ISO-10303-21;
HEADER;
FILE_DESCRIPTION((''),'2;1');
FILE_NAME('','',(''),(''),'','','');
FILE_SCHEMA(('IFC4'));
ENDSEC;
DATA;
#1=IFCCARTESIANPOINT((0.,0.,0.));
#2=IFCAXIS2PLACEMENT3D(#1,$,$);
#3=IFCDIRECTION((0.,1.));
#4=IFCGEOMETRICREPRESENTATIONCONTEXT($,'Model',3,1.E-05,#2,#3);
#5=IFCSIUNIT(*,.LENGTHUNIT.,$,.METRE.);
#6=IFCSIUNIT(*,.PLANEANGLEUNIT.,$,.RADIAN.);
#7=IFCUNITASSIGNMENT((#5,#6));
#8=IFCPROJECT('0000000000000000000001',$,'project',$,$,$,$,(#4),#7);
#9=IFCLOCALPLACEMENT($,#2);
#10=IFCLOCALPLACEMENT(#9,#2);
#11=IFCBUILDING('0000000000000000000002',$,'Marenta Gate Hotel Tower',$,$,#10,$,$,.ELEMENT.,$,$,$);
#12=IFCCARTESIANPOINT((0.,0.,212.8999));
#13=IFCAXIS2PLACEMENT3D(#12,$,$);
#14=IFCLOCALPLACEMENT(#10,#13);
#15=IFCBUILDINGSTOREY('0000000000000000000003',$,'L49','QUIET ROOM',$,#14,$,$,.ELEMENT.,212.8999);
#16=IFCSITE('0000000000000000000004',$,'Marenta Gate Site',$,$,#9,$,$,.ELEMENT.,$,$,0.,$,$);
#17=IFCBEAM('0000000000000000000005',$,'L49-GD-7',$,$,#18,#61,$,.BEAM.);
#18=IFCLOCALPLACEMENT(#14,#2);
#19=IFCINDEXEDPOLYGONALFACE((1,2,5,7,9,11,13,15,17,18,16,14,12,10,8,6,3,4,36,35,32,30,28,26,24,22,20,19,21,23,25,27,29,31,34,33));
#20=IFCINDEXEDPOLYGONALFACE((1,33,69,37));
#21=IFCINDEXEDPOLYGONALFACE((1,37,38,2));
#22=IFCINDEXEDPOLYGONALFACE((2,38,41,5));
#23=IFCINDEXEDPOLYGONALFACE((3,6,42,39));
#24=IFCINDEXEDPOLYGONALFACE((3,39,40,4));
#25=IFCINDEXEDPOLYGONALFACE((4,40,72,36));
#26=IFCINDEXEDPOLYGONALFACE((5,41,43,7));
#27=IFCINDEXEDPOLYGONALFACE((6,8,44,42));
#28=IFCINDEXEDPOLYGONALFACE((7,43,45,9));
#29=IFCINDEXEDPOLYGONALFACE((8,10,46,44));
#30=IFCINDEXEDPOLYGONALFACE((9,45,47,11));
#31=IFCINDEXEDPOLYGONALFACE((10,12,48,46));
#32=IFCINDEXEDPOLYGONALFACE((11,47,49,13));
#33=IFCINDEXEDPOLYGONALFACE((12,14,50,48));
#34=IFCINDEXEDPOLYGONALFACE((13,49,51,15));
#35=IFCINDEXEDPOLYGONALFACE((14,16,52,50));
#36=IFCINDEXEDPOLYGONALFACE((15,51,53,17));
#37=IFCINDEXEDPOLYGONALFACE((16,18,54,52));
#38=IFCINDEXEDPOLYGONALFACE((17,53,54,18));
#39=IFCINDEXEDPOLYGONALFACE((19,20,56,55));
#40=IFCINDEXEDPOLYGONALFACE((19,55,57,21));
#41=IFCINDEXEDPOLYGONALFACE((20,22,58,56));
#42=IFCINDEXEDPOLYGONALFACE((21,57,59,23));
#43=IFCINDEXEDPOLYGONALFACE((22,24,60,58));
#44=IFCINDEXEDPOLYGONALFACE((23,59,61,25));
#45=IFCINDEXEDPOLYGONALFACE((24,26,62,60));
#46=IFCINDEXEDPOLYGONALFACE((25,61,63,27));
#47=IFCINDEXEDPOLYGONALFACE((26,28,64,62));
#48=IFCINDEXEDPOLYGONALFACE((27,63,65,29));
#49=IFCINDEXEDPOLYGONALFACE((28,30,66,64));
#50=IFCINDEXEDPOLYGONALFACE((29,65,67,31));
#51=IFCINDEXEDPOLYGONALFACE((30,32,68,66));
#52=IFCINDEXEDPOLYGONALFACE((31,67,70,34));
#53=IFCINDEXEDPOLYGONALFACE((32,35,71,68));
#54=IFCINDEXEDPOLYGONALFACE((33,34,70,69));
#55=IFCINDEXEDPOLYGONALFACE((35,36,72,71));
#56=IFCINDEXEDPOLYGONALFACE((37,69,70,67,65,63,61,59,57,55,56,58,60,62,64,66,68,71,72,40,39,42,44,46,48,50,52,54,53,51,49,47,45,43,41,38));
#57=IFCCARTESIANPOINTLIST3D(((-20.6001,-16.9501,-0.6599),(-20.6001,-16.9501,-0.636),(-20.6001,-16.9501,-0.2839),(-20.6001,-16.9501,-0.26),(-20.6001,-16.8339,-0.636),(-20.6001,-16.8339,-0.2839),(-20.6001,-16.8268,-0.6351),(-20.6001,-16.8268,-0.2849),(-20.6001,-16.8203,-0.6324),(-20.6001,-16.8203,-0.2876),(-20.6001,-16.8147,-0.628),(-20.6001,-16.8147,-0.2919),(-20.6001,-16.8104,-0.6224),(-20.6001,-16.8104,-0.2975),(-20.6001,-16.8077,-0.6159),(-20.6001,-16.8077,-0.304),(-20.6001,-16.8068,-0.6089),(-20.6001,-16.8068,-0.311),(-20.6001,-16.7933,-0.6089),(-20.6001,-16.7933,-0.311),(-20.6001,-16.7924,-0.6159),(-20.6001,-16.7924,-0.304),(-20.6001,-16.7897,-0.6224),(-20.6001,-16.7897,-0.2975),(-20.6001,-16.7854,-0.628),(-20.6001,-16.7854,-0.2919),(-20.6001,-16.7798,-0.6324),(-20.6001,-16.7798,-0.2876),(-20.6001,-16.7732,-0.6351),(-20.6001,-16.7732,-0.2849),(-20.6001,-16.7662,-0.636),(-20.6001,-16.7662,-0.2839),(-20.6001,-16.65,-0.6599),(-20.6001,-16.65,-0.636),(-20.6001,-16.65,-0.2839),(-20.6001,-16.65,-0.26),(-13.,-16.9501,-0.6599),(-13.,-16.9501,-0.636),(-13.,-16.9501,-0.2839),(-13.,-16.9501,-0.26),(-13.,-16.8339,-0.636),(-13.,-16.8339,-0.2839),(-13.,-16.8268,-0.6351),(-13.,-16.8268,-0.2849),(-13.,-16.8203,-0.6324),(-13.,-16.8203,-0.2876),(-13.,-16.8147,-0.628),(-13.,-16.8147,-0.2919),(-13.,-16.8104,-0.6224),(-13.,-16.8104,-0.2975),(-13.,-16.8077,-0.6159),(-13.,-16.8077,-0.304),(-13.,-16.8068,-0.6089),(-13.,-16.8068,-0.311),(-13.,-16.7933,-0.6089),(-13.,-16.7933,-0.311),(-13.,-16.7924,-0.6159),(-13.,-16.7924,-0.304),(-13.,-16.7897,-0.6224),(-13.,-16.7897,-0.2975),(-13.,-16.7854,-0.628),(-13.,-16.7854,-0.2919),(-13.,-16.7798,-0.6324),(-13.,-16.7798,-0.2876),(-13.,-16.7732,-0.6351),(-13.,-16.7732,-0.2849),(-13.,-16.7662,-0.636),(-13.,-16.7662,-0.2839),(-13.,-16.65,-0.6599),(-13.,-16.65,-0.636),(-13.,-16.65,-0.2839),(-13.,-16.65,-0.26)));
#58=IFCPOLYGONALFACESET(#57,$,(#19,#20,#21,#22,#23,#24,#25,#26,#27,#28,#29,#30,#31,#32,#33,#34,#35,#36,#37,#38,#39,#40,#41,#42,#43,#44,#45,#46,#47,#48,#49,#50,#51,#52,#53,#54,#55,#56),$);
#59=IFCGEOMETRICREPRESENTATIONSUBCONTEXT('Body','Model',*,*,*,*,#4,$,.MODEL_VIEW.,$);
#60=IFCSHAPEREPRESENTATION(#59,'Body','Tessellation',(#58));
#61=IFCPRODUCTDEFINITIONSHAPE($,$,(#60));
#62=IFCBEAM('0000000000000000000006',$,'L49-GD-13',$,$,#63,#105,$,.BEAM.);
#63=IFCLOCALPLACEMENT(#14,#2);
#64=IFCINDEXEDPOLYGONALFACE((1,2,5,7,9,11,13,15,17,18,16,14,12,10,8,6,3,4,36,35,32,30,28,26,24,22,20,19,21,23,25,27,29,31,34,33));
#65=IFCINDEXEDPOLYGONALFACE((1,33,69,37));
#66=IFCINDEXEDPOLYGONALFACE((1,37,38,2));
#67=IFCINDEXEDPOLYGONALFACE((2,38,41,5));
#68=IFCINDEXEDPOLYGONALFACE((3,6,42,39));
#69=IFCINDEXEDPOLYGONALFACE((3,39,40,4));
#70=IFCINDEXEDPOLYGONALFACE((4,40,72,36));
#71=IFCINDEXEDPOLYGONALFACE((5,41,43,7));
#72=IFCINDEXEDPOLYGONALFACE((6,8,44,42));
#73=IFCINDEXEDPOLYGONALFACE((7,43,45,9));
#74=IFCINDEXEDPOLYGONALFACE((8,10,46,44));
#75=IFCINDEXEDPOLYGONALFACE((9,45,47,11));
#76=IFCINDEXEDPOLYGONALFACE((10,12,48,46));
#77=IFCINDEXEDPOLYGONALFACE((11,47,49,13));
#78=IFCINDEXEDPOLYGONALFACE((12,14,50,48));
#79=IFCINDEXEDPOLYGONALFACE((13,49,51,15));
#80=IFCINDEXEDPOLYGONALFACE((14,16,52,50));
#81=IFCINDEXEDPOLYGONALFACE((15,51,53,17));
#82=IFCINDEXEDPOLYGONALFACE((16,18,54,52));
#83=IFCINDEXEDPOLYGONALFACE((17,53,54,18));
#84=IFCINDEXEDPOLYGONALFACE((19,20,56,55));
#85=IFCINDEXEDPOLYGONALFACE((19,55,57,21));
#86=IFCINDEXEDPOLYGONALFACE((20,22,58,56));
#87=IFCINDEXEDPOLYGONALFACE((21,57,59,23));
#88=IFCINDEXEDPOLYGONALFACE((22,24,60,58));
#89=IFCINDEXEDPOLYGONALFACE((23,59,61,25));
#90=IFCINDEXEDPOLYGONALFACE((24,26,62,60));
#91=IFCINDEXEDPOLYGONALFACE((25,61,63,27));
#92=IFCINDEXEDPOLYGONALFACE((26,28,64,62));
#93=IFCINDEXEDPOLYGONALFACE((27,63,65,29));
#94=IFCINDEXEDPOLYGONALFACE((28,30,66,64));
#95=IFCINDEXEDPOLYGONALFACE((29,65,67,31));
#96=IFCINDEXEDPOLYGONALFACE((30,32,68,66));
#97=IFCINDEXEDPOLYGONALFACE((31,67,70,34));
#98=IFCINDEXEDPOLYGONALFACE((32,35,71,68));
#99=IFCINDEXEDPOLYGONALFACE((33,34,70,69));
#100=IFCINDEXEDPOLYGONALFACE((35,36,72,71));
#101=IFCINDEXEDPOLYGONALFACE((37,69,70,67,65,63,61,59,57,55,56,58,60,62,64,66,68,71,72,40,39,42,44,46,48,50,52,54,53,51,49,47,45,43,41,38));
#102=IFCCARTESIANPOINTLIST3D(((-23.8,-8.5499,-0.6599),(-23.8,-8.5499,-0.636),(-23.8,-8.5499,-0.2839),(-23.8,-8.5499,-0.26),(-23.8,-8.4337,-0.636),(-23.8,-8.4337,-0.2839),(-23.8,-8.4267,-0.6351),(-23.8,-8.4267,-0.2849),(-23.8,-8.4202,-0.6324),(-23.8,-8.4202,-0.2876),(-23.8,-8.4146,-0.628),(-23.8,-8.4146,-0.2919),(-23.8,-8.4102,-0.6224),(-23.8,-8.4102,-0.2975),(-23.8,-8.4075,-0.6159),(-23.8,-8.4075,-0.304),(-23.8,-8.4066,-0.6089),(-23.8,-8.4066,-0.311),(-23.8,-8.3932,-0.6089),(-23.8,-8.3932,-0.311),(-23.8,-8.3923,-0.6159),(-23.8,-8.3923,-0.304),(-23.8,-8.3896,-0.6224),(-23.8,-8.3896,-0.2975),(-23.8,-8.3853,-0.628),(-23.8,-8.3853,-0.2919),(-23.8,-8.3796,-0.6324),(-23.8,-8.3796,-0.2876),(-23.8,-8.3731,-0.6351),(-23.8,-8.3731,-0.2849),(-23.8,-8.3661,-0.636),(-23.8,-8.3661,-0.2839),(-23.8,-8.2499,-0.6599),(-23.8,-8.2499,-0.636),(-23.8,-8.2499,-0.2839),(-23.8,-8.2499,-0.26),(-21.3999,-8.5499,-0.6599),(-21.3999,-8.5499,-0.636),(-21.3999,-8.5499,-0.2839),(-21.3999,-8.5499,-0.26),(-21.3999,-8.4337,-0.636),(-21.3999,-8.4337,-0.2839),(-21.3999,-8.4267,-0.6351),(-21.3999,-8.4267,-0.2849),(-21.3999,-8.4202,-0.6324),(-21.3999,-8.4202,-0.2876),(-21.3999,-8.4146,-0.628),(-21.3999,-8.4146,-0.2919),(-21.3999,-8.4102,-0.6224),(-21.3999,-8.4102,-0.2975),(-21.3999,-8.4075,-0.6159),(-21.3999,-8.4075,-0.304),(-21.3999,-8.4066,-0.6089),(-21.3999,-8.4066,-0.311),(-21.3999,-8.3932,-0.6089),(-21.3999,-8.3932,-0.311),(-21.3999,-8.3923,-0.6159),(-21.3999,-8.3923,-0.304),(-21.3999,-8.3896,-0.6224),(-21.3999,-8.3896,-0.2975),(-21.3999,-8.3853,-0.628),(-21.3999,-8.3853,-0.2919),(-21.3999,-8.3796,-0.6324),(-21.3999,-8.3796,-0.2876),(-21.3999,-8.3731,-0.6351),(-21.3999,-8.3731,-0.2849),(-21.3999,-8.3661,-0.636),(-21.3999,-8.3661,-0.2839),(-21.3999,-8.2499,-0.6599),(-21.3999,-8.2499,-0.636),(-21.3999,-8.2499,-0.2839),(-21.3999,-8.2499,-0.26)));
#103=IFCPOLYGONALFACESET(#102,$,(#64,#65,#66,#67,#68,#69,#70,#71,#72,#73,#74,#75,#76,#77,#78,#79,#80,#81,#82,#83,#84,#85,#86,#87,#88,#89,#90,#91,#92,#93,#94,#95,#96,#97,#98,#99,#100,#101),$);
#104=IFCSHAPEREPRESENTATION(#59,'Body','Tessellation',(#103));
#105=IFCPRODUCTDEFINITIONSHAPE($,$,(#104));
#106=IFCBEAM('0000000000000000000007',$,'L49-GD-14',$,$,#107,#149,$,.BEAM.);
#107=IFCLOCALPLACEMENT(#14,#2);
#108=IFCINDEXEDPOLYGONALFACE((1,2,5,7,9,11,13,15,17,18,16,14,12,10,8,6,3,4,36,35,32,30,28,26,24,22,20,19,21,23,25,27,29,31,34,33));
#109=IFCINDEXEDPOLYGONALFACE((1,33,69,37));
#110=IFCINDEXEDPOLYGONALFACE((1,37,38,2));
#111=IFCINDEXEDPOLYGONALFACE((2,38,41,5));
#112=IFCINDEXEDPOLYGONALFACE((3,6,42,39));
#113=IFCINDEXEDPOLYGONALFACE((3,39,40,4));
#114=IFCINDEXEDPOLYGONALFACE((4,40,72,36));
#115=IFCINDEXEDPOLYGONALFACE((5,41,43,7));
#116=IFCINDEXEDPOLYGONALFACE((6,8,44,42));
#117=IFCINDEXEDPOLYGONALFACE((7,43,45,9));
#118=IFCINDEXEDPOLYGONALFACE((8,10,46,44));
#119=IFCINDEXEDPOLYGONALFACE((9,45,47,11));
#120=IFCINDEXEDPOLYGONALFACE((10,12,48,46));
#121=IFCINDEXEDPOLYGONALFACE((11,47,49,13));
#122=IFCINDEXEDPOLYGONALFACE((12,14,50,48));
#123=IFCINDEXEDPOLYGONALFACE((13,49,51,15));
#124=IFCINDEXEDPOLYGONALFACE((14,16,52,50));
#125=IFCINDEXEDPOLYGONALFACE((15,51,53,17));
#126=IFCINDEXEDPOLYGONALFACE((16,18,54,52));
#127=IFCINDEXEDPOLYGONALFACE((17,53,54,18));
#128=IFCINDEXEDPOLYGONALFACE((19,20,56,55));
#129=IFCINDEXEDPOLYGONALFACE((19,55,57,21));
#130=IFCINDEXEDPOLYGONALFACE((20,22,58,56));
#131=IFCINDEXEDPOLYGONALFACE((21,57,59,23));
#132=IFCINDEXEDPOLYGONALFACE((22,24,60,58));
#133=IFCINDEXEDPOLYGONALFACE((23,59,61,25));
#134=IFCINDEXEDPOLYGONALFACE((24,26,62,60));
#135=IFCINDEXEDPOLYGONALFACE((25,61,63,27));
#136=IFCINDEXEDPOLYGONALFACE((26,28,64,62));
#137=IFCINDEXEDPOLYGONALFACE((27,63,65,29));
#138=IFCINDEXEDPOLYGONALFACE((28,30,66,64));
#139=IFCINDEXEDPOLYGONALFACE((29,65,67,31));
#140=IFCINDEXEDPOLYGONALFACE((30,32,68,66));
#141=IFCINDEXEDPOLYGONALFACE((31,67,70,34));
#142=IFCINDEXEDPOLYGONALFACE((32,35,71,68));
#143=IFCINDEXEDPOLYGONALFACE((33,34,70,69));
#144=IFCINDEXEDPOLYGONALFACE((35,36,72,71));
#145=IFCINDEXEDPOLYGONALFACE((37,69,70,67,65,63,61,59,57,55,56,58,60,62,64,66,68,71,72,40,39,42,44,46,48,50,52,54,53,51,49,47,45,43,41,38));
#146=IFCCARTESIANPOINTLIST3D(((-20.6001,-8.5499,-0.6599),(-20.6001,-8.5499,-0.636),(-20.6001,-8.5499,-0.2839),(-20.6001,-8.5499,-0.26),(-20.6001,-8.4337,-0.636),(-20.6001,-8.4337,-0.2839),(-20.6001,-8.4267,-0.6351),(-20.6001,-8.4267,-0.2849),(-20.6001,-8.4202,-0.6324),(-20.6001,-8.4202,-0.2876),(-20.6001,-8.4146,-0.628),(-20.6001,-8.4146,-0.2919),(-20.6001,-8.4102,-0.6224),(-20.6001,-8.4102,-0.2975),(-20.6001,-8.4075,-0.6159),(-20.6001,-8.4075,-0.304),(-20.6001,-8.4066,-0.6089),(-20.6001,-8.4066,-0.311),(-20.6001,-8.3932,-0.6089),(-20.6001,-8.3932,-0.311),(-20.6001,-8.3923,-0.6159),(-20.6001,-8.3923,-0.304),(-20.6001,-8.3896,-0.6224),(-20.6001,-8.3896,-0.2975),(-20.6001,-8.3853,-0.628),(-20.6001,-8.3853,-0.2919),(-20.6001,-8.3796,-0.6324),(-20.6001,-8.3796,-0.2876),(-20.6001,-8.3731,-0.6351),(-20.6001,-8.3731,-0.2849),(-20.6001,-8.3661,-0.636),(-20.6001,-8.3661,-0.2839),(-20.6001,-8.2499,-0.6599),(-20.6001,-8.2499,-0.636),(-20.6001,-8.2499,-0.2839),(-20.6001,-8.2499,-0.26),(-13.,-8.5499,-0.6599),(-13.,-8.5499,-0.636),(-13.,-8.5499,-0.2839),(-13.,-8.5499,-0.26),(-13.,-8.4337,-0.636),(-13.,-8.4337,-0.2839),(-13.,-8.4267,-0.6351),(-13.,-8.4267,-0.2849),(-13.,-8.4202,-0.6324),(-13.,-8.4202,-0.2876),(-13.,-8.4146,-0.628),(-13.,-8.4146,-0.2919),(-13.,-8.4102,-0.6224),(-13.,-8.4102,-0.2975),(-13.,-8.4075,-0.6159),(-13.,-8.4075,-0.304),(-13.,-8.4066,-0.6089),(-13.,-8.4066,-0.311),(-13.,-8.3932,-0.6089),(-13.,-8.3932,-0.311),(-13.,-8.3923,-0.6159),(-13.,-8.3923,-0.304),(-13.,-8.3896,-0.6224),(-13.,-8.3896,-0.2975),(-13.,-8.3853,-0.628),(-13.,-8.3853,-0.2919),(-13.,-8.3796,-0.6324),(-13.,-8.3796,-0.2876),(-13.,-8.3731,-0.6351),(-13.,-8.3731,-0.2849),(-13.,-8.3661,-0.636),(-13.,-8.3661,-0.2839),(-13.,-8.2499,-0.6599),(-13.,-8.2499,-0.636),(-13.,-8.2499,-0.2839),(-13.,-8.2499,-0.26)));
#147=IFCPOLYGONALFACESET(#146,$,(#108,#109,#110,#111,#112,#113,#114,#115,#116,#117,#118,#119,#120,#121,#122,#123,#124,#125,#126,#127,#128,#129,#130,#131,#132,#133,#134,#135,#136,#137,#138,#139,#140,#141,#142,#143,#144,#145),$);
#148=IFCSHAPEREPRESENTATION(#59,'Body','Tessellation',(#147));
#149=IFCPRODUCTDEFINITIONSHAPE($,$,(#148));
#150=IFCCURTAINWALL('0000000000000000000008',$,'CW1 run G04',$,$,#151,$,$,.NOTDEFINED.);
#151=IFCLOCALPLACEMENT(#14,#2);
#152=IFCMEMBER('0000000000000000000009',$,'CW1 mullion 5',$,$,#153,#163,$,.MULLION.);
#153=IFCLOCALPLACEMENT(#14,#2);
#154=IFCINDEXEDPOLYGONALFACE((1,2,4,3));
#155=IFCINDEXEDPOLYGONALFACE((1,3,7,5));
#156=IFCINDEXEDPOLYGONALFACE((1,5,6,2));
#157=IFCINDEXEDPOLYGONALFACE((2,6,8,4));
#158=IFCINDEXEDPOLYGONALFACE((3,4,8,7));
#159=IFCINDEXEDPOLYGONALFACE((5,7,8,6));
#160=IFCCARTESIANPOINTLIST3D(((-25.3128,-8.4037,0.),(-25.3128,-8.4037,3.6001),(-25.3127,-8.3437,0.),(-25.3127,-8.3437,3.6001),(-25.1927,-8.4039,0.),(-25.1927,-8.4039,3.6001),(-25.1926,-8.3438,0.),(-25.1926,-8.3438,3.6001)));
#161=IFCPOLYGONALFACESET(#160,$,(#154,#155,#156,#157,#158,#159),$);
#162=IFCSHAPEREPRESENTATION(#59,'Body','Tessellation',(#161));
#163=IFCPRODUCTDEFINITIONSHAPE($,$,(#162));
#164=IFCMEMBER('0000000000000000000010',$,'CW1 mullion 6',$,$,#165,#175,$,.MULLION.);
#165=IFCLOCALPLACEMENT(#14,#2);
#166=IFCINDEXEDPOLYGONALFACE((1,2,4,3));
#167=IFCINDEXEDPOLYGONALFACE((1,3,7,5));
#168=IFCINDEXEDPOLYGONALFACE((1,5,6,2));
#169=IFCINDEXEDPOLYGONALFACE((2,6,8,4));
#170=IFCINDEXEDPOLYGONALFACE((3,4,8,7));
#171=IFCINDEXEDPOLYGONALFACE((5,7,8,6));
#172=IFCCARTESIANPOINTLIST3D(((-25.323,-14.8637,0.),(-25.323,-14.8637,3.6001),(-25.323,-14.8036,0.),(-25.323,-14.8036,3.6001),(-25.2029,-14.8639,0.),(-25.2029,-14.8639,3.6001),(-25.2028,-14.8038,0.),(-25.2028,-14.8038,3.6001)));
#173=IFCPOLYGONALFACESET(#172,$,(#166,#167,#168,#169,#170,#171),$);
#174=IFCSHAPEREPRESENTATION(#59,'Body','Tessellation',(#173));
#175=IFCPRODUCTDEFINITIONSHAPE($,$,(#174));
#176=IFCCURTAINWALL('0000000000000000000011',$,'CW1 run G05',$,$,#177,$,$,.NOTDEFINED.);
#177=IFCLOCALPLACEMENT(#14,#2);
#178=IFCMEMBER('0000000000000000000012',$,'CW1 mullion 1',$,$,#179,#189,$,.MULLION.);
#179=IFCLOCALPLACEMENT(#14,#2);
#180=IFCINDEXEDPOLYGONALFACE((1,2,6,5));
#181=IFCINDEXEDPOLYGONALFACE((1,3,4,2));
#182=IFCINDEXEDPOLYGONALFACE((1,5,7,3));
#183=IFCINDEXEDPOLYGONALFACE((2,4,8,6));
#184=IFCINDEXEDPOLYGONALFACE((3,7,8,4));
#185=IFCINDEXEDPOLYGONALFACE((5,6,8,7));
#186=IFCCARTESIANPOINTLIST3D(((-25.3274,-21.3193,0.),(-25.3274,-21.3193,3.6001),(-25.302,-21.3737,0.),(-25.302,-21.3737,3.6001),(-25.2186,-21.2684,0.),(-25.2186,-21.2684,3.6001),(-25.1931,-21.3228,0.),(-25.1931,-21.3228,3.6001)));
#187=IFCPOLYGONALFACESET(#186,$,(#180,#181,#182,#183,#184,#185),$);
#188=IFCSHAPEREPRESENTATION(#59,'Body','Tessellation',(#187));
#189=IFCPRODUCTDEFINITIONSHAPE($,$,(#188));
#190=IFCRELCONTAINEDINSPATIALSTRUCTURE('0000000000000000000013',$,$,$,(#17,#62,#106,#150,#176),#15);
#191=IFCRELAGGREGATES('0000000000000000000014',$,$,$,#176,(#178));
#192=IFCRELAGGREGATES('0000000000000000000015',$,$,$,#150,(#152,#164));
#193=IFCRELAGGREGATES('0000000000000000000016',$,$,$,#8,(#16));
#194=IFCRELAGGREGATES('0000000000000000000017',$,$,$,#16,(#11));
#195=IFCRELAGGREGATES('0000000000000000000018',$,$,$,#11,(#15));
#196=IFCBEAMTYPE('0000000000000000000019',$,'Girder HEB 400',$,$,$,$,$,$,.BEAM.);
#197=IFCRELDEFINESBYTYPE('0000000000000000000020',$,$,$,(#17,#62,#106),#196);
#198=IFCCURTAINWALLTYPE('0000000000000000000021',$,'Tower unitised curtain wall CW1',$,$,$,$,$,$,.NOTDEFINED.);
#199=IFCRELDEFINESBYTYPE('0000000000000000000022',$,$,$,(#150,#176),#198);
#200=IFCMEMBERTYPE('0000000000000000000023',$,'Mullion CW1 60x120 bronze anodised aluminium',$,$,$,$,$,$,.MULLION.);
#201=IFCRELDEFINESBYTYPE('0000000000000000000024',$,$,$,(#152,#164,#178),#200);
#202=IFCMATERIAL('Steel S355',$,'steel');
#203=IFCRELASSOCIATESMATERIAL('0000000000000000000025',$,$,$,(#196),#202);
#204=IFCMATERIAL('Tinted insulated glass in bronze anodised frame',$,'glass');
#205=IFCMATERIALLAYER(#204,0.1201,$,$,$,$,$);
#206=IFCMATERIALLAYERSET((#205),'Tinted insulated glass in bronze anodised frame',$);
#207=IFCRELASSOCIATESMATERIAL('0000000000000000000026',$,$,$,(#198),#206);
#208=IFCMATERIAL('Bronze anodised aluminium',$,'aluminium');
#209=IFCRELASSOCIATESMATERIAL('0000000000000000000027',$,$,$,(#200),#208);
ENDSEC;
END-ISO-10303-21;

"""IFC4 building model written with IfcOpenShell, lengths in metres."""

from ifc_helpers import new_model, si_unit, direction, frame, origin, origin_2d, place, context, subcontext, project, spatial, rectangle, i_section, extrude, material, layer, layer_set, material_profile, profile_set, type_object, element, aggregate, save


model = new_model("IFC4")

# Units and contexts
model_context = context("Model", 3, precision=1e-05, world=origin(), true_north=direction((0.0, 1.0)))
body_context = subcontext(model_context, "Body", "Model", "MODEL_VIEW")
ifc_project = project(units=[si_unit("LENGTHUNIT", "METRE"), si_unit("PLANEANGLEUNIT", "RADIAN")], contexts=[model_context])

# Site, building, storey
site_placement = place(None, origin())
site = spatial("IfcSite", under=ifc_project, at=site_placement, Name="Marenta Gate Site", CompositionType="ELEMENT", RefElevation=0.0)
building_placement = place(site_placement, origin())
building = spatial("IfcBuilding", under=site, at=building_placement, Name="Marenta Gate Hotel Tower", CompositionType="ELEMENT")
storey_placement = place(building_placement, frame((0.0, 0.0, 212.8999)))
storey = spatial("IfcBuildingStorey", under=building, at=storey_placement, Name="L49", Description="QUIET ROOM", CompositionType="ELEMENT", Elevation=212.8999)

# Beams
ifc_material_1 = material(Name="Steel S355", Category="steel")
ifc_material_profile_1 = material_profile(ifc_material_1, i_section(OverallWidth=0.3, OverallDepth=0.3999, WebThickness=0.0134, FlangeThickness=0.0239, FilletRadius=0.0271, at=origin_2d()), Name="HEB 400")
ifc_profile_set_1 = profile_set([ifc_material_profile_1], Name="Steel S355")
beam_type_1 = type_object("IfcBeamType", Name="Girder HEB 400", PredefinedType="BEAM", material=ifc_profile_set_1)
beam_1_placement = place(storey_placement, frame((-20.6001, -16.8, -0.46), z_axis=(1.0, 0.0, 0.0), x_axis=(0.0, 1.0, 0.0)))
element("IfcBeam", 1, at=beam_1_placement, inside=storey, type_object=beam_type_1, Name="L49-GD-7", PredefinedType="BEAM", context=body_context, shape_type="SweptSolid", body=[
    extrude(i_section(OverallWidth=0.3, OverallDepth=0.3999, WebThickness=0.0134, FlangeThickness=0.0239, FilletRadius=0.0271, at=origin_2d()), origin(), (0.0, 0.0, 1.0), 7.6001),
])
beam_2_placement = place(storey_placement, frame((-23.8, -8.3999, -0.46), z_axis=(1.0, 0.0, 0.0), x_axis=(0.0, 1.0, 0.0)))
element("IfcBeam", 2, at=beam_2_placement, inside=storey, type_object=beam_type_1, Name="L49-GD-13", PredefinedType="BEAM", context=body_context, shape_type="SweptSolid", body=[
    extrude(i_section(OverallWidth=0.3, OverallDepth=0.3999, WebThickness=0.0134, FlangeThickness=0.0239, FilletRadius=0.0271, at=origin_2d()), origin(), (0.0, 0.0, 1.0), 2.4001),
])
beam_3_placement = place(storey_placement, frame((-20.6001, -8.3999, -0.46), z_axis=(1.0, 0.0, 0.0), x_axis=(0.0, 1.0, 0.0)))
element("IfcBeam", 3, at=beam_3_placement, inside=storey, type_object=beam_type_1, Name="L49-GD-14", PredefinedType="BEAM", context=body_context, shape_type="SweptSolid", body=[
    extrude(i_section(OverallWidth=0.3, OverallDepth=0.3999, WebThickness=0.0134, FlangeThickness=0.0239, FilletRadius=0.0271, at=origin_2d()), origin(), (0.0, 0.0, 1.0), 7.6001),
])

# Curtain wall, members
ifc_material_2 = material(Name="Tinted insulated glass in bronze anodised frame", Category="glass")
ifc_layer_1 = layer(ifc_material_2, 0.1201)
ifc_layer_set_1 = layer_set([ifc_layer_1], Name="Tinted insulated glass in bronze anodised frame")
curtain_wall_type = type_object("IfcCurtainWallType", Name="Tower unitised curtain wall CW1", PredefinedType="NOTDEFINED", material=ifc_layer_set_1)
curtain_wall_1_placement = place(storey_placement, origin())
curtain_wall_1 = element("IfcCurtainWall", 4, at=curtain_wall_1_placement, inside=storey, type_object=curtain_wall_type, Name="CW1 run G04", PredefinedType="NOTDEFINED")
ifc_material_3 = material(Name="Bronze anodised aluminium", Category="aluminium")
ifc_material_profile_2 = material_profile(ifc_material_3, rectangle(XDim=0.1201, YDim=0.0601, at=origin_2d()), Name="Mullion CW1 60x120 bronze anodised aluminium")
ifc_profile_set_2 = profile_set([ifc_material_profile_2], Name="Bronze anodised aluminium")
member_type_1 = type_object("IfcMemberType", Name="Mullion CW1 60x120 bronze anodised aluminium", PredefinedType="MULLION", material=ifc_profile_set_2)
member_1_placement = place(storey_placement, frame((-25.2527, -8.3738, 0.0), z_axis=(0.0, 0.0, 1.0), x_axis=(0.999999, -0.001566, 0.0)))
member_1 = element("IfcMember", 5, at=member_1_placement, type_object=member_type_1, Name="CW1 mullion 5", PredefinedType="MULLION", context=body_context, shape_type="SweptSolid", body=[
    extrude(rectangle(XDim=0.1201, YDim=0.0601, at=origin_2d()), origin(), (0.0, 0.0, 1.0), 3.6001),
])
member_2_placement = place(storey_placement, frame((-25.2629, -14.8337, 0.0), z_axis=(0.0, 0.0, 1.0), x_axis=(0.999999, -0.001566, 0.0)))
member_2 = element("IfcMember", 6, at=member_2_placement, type_object=member_type_1, Name="CW1 mullion 6", PredefinedType="MULLION", context=body_context, shape_type="SweptSolid", body=[
    extrude(rectangle(XDim=0.1201, YDim=0.0601, at=origin_2d()), origin(), (0.0, 0.0, 1.0), 3.6001),
])

# Curtain wall, member
curtain_wall_2_placement = place(storey_placement, origin())
curtain_wall_2 = element("IfcCurtainWall", 7, at=curtain_wall_2_placement, inside=storey, type_object=curtain_wall_type, Name="CW1 run G05", PredefinedType="NOTDEFINED")
member_3_placement = place(storey_placement, frame((-25.2603, -21.321, 0.0), z_axis=(0.0, 0.0, 1.0), x_axis=(0.905975, 0.423332, 0.0)))
member_3 = element("IfcMember", 8, at=member_3_placement, type_object=member_type_1, Name="CW1 mullion 1", PredefinedType="MULLION", context=body_context, shape_type="SweptSolid", body=[
    extrude(rectangle(XDim=0.1201, YDim=0.0601, at=origin_2d()), origin(), (0.0, 0.0, 1.0), 3.6001),
])
aggregate(curtain_wall_2, [member_3])

aggregate(curtain_wall_1, [member_1, member_2])

save(model, "model.ifc")
